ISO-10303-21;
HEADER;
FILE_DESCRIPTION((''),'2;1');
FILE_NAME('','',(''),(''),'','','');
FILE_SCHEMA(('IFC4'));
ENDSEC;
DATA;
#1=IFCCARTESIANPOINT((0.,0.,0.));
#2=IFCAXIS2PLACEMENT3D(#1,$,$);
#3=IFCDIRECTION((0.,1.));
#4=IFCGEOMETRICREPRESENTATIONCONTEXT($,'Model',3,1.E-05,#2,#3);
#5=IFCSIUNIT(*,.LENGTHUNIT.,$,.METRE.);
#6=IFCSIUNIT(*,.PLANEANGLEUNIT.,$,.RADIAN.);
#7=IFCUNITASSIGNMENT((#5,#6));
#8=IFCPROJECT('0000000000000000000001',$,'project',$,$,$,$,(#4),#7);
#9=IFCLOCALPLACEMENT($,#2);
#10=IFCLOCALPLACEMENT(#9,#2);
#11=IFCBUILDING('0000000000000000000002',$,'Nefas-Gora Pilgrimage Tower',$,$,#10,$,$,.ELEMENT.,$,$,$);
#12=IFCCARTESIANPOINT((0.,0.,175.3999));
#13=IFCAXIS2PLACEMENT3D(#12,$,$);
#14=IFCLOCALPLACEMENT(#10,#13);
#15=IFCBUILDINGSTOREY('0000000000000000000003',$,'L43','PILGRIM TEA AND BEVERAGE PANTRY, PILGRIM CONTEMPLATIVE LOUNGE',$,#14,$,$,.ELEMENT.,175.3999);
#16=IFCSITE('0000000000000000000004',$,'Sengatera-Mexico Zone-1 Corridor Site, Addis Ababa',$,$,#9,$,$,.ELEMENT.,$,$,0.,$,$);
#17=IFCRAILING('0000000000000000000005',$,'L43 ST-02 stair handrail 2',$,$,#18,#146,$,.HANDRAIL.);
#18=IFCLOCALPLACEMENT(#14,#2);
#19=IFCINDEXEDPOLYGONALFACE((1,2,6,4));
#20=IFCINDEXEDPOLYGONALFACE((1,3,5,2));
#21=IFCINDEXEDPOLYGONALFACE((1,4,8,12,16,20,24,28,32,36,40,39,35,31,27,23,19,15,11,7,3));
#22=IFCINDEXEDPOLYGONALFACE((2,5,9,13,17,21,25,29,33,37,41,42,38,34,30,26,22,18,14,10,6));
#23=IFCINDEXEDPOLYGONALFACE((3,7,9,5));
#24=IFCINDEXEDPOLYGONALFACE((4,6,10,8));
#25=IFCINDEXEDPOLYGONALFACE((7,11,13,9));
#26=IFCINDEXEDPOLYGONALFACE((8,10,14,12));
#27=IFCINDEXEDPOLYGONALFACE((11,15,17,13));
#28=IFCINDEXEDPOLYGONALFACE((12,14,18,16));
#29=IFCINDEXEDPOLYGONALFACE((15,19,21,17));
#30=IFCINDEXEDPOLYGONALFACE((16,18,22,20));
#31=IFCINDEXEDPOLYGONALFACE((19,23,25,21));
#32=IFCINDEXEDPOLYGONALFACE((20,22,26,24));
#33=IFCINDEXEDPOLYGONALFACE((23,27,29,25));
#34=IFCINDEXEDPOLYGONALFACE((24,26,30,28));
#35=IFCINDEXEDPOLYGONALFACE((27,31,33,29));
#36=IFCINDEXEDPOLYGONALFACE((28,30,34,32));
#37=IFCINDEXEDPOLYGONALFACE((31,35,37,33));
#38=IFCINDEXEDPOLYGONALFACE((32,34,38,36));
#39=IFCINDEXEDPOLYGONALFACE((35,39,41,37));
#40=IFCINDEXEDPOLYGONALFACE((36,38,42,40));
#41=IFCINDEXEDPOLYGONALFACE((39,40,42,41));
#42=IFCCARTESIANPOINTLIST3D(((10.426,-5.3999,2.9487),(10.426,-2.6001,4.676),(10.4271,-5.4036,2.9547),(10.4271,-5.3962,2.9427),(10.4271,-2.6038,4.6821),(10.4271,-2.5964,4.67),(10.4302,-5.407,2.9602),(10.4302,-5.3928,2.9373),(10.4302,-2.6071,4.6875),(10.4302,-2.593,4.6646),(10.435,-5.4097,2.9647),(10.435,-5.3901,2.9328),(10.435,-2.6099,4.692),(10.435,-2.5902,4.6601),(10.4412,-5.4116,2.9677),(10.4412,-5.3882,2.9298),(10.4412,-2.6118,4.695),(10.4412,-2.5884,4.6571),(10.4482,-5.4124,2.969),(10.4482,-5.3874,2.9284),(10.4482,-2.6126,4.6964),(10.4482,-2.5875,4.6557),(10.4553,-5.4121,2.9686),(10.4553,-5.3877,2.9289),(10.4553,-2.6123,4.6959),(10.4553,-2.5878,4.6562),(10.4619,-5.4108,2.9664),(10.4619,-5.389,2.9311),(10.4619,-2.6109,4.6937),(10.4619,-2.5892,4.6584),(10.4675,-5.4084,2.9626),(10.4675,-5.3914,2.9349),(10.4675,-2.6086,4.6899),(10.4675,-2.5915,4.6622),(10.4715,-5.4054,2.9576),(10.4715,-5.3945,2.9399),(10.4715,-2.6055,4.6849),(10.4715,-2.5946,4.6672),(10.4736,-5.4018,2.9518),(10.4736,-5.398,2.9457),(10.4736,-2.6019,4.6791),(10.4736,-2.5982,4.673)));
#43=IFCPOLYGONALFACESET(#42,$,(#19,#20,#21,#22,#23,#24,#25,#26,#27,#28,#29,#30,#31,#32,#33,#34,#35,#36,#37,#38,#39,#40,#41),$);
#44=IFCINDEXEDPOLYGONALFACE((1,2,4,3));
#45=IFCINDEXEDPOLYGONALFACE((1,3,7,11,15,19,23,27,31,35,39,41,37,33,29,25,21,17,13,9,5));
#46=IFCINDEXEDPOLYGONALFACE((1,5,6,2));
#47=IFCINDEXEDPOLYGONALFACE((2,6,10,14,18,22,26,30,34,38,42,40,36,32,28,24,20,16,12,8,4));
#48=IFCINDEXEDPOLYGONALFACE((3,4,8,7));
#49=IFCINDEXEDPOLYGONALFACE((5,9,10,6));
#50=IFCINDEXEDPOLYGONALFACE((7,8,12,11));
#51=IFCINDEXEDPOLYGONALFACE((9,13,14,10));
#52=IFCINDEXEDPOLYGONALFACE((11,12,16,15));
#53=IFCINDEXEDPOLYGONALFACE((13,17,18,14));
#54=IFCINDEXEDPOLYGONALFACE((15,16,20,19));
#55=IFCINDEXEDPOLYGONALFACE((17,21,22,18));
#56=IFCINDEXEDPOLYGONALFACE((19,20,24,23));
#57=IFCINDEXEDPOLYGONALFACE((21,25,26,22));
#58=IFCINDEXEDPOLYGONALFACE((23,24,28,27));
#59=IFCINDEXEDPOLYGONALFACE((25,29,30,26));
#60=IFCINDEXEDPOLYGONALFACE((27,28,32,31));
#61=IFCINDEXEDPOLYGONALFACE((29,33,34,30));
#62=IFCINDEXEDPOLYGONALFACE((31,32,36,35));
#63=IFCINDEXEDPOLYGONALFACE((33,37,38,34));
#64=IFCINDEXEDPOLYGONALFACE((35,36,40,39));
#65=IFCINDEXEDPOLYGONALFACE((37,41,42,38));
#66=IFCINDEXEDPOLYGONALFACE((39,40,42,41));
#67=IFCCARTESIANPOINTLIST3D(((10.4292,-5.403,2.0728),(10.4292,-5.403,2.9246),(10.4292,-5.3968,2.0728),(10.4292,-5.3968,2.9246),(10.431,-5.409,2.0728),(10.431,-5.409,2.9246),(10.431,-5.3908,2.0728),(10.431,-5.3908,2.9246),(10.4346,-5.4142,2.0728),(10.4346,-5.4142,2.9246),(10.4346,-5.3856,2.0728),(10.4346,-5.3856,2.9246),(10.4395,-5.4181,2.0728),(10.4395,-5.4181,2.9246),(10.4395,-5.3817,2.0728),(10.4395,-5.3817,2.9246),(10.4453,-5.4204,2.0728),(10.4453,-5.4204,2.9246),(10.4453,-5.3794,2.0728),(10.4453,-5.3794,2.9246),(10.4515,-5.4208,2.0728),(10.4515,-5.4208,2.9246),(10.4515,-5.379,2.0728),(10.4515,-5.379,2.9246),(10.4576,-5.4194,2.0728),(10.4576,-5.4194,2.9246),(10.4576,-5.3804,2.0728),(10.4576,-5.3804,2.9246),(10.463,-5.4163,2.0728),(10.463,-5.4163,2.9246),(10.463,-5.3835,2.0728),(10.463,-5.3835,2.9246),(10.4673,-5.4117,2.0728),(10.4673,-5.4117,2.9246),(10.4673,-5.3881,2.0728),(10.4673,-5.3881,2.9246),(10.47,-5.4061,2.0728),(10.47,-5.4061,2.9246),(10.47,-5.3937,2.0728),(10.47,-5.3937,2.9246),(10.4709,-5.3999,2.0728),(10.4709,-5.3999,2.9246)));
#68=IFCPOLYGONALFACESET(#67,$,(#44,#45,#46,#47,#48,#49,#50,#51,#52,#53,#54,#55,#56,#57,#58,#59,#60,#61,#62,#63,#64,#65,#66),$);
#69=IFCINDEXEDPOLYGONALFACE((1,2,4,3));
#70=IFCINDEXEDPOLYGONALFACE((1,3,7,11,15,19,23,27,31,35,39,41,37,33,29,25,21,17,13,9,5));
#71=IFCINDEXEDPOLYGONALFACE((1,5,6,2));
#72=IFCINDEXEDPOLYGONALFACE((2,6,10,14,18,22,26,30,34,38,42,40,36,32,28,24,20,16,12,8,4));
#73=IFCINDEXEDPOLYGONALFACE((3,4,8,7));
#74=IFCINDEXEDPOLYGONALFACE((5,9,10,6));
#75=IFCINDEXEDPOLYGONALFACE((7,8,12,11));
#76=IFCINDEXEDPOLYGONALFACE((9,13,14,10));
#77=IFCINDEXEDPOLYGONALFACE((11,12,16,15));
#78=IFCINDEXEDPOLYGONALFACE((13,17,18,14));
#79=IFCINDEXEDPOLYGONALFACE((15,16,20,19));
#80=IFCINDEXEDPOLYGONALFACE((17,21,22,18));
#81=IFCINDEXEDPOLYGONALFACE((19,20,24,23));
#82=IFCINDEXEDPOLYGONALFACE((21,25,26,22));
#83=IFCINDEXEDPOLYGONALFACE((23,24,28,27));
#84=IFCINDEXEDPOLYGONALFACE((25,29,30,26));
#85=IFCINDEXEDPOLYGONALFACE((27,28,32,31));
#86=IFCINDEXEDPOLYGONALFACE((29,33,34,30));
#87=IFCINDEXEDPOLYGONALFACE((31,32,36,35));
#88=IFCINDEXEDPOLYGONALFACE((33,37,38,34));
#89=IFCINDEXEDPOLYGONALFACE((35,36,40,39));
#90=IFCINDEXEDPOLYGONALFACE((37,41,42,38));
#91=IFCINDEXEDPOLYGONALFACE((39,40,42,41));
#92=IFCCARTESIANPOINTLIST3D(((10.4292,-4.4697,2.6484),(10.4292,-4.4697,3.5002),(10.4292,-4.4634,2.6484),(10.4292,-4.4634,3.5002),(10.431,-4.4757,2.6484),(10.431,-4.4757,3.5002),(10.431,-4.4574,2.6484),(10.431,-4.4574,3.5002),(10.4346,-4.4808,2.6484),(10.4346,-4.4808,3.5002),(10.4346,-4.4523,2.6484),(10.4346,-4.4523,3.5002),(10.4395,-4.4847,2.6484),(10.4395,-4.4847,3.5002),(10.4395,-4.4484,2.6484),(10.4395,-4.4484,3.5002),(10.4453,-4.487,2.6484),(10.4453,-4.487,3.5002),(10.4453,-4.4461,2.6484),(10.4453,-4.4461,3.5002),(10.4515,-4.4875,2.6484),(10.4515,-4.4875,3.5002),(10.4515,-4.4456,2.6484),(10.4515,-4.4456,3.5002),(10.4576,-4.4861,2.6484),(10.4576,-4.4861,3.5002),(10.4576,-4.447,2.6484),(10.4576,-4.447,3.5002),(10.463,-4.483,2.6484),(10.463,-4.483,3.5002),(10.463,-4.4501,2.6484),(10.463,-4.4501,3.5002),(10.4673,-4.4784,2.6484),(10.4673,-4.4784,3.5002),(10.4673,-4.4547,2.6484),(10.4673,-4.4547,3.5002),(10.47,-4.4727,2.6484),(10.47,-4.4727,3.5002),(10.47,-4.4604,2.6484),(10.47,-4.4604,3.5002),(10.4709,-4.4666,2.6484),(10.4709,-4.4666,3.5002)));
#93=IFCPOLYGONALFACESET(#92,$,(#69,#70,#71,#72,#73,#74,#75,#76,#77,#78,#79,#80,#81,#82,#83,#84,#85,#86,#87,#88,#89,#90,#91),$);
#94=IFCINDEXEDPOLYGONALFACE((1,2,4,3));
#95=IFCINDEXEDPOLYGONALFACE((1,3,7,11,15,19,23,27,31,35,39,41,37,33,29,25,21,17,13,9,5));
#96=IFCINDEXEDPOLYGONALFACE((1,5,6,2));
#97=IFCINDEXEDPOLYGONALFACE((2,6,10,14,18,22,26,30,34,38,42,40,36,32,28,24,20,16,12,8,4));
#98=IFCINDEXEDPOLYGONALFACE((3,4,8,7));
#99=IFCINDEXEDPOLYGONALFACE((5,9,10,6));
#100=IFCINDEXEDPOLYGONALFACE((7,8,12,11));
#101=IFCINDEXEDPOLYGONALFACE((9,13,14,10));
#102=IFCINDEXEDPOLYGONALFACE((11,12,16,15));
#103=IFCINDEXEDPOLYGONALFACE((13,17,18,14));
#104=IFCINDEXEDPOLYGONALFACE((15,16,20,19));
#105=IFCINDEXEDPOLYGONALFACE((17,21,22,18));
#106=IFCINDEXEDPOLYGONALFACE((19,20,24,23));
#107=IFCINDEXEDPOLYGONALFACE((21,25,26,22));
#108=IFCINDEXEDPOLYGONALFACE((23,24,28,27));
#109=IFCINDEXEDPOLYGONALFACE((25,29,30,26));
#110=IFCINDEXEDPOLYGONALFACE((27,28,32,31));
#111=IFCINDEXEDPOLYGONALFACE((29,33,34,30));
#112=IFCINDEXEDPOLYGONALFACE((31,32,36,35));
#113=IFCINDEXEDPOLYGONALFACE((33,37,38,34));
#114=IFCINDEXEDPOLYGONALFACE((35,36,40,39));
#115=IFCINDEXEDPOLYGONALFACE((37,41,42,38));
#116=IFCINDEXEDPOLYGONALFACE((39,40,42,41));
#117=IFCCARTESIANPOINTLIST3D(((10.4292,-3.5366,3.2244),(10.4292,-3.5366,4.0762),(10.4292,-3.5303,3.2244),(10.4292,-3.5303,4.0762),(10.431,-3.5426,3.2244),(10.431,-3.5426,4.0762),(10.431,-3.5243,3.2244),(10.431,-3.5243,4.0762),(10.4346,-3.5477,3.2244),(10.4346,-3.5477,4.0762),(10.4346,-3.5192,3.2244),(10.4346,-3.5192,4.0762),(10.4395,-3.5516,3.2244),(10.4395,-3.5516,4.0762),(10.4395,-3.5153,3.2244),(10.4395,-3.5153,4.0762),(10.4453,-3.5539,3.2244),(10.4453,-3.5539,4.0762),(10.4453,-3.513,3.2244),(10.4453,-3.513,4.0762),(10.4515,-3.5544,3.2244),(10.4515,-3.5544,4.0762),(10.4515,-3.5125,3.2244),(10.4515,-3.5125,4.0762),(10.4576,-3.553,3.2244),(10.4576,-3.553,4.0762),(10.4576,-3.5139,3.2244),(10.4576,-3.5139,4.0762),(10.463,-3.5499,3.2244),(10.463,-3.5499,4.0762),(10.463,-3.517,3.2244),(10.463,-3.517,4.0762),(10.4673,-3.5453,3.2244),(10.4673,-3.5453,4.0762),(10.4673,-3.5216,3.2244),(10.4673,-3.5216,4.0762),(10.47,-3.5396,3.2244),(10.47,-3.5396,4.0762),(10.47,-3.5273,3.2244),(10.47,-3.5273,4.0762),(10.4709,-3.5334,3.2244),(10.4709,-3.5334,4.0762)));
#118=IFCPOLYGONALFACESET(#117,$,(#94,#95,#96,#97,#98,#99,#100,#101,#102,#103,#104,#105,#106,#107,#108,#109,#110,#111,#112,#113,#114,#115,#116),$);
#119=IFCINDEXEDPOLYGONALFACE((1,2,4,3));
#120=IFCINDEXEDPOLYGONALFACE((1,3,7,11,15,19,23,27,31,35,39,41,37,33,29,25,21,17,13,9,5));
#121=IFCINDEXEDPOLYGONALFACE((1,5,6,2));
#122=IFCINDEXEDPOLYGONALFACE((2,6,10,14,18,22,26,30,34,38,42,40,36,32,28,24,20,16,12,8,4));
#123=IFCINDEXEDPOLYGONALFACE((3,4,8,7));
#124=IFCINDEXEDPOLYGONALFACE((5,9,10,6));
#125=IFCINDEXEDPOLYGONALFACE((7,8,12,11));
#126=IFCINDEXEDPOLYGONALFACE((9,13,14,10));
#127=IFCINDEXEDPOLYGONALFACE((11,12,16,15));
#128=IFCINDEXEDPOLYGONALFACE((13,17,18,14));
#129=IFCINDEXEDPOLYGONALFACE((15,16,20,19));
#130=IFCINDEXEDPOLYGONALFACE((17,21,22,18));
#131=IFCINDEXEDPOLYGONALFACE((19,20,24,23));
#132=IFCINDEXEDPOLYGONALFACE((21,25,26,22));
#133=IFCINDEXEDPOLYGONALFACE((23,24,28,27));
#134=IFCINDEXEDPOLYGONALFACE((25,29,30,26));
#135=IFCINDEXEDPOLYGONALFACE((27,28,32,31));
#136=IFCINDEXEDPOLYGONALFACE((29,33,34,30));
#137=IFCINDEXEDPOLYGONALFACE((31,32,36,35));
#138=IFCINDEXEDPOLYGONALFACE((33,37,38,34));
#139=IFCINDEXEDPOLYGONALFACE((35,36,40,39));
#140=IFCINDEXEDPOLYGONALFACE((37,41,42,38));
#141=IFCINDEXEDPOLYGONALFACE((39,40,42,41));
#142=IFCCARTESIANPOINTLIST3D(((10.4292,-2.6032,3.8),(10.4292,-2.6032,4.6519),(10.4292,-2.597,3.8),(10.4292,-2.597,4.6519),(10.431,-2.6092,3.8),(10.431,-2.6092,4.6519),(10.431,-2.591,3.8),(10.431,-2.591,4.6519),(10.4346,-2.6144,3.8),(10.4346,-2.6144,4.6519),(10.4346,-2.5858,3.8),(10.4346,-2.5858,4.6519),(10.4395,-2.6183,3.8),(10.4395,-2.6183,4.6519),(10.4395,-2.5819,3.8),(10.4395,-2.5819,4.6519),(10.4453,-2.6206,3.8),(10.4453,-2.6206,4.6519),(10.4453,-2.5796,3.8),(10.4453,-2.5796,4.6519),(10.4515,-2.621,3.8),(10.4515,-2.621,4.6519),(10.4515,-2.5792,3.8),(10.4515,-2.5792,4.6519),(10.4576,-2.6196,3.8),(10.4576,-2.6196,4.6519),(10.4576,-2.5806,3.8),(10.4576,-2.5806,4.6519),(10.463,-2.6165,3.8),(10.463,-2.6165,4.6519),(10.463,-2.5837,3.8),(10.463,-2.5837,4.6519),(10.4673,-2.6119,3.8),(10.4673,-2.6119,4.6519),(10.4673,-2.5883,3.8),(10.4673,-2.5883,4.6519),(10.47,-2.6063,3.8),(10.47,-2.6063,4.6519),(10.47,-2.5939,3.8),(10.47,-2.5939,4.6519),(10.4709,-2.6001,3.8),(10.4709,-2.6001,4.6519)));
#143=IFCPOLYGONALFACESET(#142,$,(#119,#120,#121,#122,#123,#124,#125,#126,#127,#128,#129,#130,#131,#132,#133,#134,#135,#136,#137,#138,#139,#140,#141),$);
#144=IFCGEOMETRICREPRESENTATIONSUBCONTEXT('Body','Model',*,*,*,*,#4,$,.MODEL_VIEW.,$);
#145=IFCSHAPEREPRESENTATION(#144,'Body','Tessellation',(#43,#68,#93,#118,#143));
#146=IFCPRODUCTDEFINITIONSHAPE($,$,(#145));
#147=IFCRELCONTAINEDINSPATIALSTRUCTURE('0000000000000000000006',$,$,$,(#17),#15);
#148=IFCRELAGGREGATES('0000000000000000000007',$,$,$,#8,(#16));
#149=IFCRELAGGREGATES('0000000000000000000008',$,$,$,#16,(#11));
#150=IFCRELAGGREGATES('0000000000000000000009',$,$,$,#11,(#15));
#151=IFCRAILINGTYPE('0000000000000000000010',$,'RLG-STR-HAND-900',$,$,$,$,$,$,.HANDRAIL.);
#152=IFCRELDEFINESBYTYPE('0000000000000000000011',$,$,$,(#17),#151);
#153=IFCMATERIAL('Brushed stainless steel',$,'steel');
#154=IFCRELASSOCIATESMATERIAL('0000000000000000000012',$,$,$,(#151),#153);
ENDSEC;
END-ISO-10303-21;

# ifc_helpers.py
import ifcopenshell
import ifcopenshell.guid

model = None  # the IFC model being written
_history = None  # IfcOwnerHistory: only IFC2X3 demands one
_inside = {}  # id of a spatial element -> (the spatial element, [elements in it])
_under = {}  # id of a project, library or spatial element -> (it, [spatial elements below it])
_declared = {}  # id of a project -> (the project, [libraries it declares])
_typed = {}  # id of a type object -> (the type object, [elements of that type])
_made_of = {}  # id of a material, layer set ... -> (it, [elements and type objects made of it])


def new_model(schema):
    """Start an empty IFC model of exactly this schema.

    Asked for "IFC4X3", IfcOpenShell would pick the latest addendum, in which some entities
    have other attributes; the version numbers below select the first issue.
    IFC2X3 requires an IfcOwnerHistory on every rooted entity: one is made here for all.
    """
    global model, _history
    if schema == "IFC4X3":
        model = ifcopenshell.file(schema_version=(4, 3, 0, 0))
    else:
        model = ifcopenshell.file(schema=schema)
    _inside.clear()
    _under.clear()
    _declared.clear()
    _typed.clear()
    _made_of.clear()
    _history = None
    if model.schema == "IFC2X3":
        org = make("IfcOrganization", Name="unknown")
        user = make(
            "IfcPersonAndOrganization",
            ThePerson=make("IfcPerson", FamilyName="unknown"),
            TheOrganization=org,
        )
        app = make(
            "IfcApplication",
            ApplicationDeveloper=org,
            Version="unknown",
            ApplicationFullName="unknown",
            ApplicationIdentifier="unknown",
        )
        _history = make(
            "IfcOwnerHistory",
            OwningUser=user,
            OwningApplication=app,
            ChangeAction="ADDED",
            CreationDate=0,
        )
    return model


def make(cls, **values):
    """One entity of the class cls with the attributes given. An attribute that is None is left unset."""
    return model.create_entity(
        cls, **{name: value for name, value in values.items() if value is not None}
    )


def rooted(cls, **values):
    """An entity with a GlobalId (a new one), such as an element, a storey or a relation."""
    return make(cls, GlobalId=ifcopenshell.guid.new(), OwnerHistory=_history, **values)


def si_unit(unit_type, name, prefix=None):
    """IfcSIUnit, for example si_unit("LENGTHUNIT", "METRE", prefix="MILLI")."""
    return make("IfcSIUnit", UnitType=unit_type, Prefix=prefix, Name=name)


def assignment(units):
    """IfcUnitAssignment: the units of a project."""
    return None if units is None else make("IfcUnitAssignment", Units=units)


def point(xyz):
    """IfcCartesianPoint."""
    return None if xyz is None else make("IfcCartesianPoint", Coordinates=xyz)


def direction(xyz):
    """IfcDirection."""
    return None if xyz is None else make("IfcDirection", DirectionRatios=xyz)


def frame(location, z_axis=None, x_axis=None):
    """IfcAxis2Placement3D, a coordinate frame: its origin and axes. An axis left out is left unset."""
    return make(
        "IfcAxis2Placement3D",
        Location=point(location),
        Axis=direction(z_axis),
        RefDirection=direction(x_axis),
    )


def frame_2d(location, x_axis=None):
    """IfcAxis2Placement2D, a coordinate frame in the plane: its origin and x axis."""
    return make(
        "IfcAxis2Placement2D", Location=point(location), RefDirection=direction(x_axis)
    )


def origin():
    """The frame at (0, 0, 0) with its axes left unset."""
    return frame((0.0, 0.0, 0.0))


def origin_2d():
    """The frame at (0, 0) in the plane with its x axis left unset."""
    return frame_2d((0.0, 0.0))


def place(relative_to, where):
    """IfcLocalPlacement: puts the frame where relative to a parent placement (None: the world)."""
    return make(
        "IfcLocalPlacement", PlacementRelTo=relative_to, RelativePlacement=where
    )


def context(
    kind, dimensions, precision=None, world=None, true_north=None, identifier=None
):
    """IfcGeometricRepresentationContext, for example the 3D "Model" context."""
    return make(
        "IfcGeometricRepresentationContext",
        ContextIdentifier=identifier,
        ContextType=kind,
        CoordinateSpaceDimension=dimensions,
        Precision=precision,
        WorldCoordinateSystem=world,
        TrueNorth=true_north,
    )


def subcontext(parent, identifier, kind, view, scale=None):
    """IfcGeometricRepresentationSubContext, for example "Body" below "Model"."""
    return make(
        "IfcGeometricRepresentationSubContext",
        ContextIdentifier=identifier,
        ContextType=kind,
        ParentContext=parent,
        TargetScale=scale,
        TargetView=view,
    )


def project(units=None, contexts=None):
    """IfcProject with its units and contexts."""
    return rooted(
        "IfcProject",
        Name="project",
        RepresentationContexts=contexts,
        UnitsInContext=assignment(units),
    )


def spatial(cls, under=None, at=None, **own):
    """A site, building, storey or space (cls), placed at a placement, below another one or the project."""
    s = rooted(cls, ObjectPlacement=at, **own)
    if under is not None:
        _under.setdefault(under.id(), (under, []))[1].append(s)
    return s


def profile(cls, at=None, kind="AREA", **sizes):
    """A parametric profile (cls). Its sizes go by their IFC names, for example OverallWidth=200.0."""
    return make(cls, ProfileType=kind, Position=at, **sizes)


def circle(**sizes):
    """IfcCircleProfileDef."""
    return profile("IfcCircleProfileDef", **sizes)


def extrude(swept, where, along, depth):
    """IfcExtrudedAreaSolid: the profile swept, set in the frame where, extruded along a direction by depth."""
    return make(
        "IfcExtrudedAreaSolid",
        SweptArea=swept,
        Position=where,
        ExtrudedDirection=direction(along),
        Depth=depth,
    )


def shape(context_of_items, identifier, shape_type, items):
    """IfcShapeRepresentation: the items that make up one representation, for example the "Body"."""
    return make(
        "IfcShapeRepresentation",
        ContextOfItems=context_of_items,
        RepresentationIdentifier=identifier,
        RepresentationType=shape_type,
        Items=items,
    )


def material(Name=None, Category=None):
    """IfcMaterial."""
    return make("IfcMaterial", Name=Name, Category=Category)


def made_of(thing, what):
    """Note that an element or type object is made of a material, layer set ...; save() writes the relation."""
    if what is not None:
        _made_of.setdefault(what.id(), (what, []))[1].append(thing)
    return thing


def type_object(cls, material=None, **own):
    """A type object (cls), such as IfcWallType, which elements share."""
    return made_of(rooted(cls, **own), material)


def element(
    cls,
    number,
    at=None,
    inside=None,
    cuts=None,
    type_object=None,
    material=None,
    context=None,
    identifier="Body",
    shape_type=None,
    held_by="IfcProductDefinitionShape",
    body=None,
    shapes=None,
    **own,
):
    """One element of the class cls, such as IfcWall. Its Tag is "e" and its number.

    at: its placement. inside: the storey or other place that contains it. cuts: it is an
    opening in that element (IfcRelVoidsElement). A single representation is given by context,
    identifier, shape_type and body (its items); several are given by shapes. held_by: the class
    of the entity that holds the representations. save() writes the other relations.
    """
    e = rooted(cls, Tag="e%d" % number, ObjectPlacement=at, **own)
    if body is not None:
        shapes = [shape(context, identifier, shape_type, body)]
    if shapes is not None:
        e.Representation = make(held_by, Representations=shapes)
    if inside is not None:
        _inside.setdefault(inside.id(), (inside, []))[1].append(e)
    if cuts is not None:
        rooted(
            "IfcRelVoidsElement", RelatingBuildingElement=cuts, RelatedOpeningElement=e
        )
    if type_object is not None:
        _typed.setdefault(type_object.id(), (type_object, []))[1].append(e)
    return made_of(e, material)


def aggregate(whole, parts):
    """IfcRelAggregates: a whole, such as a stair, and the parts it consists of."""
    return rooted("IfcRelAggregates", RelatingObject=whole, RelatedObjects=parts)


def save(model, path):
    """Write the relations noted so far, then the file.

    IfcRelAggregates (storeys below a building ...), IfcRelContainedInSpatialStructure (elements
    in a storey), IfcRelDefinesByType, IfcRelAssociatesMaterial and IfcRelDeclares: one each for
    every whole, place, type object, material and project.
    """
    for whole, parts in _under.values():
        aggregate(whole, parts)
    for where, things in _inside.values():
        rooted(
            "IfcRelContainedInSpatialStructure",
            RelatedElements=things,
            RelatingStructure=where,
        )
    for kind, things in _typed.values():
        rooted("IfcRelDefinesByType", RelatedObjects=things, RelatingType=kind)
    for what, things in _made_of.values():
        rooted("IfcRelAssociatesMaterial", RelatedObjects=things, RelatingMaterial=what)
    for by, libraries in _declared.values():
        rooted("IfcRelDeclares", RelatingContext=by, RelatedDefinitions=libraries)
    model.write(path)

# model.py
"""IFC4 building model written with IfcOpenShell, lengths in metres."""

from ifc_helpers import new_model, si_unit, direction, frame, origin, origin_2d, place, context, subcontext, project, spatial, circle, extrude, material, type_object, element, save


model = new_model("IFC4")

# Units and contexts
model_context = context("Model", 3, precision=1e-05, world=origin(), true_north=direction((0.0, 1.0)))
body_context = subcontext(model_context, "Body", "Model", "MODEL_VIEW")
ifc_project = project(units=[si_unit("LENGTHUNIT", "METRE"), si_unit("PLANEANGLEUNIT", "RADIAN")], contexts=[model_context])

# Site, building, storey
site_placement = place(None, origin())
site = spatial("IfcSite", under=ifc_project, at=site_placement, Name="Sengatera-Mexico Zone-1 Corridor Site, Addis Ababa", CompositionType="ELEMENT", RefElevation=0.0)
building_placement = place(site_placement, origin())
building = spatial("IfcBuilding", under=site, at=building_placement, Name="Nefas-Gora Pilgrimage Tower", CompositionType="ELEMENT")
storey_placement = place(building_placement, frame((0.0, 0.0, 175.3999)))
storey = spatial("IfcBuildingStorey", under=building, at=storey_placement, Name="L43", Description="PILGRIM TEA AND BEVERAGE PANTRY, PILGRIM CONTEMPLATIVE LOUNGE", CompositionType="ELEMENT", Elevation=175.3999)

# Railing
ifc_material_1 = material(Name="Brushed stainless steel", Category="steel")
railing_type_1 = type_object("IfcRailingType", Name="RLG-STR-HAND-900", PredefinedType="HANDRAIL", material=ifc_material_1)
railing_1_placement = place(storey_placement, frame((10.45, -5.3999, 2.0728)))
element("IfcRailing", 1, at=railing_1_placement, inside=storey, type_object=railing_type_1, Name="L43 ST-02 stair handrail 2", PredefinedType="HANDRAIL", context=body_context, shape_type="SweptSolid", body=[
    extrude(circle(Radius=0.0239, at=origin_2d()), frame((0.0, 0.0, 0.876), z_axis=(0.0, 0.851069, 0.525054), x_axis=(-1.0, 0.0, 0.0)), (0.0, 0.0, 1.0), 3.2898),
    extrude(circle(Radius=0.021, at=origin_2d()), origin(), (0.0, 0.0, 1.0), 0.8518),
    extrude(circle(Radius=0.021, at=origin_2d()), frame((0.0, 0.9333, 0.5757)), (0.0, 0.0, 1.0), 0.8518),
    extrude(circle(Radius=0.021, at=origin_2d()), frame((0.0, 1.8665, 1.1516)), (0.0, 0.0, 1.0), 0.8518),
    extrude(circle(Radius=0.021, at=origin_2d()), frame((0.0, 2.7998, 1.7273)), (0.0, 0.0, 1.0), 0.8518),
])

save(model, "model.ifc")
